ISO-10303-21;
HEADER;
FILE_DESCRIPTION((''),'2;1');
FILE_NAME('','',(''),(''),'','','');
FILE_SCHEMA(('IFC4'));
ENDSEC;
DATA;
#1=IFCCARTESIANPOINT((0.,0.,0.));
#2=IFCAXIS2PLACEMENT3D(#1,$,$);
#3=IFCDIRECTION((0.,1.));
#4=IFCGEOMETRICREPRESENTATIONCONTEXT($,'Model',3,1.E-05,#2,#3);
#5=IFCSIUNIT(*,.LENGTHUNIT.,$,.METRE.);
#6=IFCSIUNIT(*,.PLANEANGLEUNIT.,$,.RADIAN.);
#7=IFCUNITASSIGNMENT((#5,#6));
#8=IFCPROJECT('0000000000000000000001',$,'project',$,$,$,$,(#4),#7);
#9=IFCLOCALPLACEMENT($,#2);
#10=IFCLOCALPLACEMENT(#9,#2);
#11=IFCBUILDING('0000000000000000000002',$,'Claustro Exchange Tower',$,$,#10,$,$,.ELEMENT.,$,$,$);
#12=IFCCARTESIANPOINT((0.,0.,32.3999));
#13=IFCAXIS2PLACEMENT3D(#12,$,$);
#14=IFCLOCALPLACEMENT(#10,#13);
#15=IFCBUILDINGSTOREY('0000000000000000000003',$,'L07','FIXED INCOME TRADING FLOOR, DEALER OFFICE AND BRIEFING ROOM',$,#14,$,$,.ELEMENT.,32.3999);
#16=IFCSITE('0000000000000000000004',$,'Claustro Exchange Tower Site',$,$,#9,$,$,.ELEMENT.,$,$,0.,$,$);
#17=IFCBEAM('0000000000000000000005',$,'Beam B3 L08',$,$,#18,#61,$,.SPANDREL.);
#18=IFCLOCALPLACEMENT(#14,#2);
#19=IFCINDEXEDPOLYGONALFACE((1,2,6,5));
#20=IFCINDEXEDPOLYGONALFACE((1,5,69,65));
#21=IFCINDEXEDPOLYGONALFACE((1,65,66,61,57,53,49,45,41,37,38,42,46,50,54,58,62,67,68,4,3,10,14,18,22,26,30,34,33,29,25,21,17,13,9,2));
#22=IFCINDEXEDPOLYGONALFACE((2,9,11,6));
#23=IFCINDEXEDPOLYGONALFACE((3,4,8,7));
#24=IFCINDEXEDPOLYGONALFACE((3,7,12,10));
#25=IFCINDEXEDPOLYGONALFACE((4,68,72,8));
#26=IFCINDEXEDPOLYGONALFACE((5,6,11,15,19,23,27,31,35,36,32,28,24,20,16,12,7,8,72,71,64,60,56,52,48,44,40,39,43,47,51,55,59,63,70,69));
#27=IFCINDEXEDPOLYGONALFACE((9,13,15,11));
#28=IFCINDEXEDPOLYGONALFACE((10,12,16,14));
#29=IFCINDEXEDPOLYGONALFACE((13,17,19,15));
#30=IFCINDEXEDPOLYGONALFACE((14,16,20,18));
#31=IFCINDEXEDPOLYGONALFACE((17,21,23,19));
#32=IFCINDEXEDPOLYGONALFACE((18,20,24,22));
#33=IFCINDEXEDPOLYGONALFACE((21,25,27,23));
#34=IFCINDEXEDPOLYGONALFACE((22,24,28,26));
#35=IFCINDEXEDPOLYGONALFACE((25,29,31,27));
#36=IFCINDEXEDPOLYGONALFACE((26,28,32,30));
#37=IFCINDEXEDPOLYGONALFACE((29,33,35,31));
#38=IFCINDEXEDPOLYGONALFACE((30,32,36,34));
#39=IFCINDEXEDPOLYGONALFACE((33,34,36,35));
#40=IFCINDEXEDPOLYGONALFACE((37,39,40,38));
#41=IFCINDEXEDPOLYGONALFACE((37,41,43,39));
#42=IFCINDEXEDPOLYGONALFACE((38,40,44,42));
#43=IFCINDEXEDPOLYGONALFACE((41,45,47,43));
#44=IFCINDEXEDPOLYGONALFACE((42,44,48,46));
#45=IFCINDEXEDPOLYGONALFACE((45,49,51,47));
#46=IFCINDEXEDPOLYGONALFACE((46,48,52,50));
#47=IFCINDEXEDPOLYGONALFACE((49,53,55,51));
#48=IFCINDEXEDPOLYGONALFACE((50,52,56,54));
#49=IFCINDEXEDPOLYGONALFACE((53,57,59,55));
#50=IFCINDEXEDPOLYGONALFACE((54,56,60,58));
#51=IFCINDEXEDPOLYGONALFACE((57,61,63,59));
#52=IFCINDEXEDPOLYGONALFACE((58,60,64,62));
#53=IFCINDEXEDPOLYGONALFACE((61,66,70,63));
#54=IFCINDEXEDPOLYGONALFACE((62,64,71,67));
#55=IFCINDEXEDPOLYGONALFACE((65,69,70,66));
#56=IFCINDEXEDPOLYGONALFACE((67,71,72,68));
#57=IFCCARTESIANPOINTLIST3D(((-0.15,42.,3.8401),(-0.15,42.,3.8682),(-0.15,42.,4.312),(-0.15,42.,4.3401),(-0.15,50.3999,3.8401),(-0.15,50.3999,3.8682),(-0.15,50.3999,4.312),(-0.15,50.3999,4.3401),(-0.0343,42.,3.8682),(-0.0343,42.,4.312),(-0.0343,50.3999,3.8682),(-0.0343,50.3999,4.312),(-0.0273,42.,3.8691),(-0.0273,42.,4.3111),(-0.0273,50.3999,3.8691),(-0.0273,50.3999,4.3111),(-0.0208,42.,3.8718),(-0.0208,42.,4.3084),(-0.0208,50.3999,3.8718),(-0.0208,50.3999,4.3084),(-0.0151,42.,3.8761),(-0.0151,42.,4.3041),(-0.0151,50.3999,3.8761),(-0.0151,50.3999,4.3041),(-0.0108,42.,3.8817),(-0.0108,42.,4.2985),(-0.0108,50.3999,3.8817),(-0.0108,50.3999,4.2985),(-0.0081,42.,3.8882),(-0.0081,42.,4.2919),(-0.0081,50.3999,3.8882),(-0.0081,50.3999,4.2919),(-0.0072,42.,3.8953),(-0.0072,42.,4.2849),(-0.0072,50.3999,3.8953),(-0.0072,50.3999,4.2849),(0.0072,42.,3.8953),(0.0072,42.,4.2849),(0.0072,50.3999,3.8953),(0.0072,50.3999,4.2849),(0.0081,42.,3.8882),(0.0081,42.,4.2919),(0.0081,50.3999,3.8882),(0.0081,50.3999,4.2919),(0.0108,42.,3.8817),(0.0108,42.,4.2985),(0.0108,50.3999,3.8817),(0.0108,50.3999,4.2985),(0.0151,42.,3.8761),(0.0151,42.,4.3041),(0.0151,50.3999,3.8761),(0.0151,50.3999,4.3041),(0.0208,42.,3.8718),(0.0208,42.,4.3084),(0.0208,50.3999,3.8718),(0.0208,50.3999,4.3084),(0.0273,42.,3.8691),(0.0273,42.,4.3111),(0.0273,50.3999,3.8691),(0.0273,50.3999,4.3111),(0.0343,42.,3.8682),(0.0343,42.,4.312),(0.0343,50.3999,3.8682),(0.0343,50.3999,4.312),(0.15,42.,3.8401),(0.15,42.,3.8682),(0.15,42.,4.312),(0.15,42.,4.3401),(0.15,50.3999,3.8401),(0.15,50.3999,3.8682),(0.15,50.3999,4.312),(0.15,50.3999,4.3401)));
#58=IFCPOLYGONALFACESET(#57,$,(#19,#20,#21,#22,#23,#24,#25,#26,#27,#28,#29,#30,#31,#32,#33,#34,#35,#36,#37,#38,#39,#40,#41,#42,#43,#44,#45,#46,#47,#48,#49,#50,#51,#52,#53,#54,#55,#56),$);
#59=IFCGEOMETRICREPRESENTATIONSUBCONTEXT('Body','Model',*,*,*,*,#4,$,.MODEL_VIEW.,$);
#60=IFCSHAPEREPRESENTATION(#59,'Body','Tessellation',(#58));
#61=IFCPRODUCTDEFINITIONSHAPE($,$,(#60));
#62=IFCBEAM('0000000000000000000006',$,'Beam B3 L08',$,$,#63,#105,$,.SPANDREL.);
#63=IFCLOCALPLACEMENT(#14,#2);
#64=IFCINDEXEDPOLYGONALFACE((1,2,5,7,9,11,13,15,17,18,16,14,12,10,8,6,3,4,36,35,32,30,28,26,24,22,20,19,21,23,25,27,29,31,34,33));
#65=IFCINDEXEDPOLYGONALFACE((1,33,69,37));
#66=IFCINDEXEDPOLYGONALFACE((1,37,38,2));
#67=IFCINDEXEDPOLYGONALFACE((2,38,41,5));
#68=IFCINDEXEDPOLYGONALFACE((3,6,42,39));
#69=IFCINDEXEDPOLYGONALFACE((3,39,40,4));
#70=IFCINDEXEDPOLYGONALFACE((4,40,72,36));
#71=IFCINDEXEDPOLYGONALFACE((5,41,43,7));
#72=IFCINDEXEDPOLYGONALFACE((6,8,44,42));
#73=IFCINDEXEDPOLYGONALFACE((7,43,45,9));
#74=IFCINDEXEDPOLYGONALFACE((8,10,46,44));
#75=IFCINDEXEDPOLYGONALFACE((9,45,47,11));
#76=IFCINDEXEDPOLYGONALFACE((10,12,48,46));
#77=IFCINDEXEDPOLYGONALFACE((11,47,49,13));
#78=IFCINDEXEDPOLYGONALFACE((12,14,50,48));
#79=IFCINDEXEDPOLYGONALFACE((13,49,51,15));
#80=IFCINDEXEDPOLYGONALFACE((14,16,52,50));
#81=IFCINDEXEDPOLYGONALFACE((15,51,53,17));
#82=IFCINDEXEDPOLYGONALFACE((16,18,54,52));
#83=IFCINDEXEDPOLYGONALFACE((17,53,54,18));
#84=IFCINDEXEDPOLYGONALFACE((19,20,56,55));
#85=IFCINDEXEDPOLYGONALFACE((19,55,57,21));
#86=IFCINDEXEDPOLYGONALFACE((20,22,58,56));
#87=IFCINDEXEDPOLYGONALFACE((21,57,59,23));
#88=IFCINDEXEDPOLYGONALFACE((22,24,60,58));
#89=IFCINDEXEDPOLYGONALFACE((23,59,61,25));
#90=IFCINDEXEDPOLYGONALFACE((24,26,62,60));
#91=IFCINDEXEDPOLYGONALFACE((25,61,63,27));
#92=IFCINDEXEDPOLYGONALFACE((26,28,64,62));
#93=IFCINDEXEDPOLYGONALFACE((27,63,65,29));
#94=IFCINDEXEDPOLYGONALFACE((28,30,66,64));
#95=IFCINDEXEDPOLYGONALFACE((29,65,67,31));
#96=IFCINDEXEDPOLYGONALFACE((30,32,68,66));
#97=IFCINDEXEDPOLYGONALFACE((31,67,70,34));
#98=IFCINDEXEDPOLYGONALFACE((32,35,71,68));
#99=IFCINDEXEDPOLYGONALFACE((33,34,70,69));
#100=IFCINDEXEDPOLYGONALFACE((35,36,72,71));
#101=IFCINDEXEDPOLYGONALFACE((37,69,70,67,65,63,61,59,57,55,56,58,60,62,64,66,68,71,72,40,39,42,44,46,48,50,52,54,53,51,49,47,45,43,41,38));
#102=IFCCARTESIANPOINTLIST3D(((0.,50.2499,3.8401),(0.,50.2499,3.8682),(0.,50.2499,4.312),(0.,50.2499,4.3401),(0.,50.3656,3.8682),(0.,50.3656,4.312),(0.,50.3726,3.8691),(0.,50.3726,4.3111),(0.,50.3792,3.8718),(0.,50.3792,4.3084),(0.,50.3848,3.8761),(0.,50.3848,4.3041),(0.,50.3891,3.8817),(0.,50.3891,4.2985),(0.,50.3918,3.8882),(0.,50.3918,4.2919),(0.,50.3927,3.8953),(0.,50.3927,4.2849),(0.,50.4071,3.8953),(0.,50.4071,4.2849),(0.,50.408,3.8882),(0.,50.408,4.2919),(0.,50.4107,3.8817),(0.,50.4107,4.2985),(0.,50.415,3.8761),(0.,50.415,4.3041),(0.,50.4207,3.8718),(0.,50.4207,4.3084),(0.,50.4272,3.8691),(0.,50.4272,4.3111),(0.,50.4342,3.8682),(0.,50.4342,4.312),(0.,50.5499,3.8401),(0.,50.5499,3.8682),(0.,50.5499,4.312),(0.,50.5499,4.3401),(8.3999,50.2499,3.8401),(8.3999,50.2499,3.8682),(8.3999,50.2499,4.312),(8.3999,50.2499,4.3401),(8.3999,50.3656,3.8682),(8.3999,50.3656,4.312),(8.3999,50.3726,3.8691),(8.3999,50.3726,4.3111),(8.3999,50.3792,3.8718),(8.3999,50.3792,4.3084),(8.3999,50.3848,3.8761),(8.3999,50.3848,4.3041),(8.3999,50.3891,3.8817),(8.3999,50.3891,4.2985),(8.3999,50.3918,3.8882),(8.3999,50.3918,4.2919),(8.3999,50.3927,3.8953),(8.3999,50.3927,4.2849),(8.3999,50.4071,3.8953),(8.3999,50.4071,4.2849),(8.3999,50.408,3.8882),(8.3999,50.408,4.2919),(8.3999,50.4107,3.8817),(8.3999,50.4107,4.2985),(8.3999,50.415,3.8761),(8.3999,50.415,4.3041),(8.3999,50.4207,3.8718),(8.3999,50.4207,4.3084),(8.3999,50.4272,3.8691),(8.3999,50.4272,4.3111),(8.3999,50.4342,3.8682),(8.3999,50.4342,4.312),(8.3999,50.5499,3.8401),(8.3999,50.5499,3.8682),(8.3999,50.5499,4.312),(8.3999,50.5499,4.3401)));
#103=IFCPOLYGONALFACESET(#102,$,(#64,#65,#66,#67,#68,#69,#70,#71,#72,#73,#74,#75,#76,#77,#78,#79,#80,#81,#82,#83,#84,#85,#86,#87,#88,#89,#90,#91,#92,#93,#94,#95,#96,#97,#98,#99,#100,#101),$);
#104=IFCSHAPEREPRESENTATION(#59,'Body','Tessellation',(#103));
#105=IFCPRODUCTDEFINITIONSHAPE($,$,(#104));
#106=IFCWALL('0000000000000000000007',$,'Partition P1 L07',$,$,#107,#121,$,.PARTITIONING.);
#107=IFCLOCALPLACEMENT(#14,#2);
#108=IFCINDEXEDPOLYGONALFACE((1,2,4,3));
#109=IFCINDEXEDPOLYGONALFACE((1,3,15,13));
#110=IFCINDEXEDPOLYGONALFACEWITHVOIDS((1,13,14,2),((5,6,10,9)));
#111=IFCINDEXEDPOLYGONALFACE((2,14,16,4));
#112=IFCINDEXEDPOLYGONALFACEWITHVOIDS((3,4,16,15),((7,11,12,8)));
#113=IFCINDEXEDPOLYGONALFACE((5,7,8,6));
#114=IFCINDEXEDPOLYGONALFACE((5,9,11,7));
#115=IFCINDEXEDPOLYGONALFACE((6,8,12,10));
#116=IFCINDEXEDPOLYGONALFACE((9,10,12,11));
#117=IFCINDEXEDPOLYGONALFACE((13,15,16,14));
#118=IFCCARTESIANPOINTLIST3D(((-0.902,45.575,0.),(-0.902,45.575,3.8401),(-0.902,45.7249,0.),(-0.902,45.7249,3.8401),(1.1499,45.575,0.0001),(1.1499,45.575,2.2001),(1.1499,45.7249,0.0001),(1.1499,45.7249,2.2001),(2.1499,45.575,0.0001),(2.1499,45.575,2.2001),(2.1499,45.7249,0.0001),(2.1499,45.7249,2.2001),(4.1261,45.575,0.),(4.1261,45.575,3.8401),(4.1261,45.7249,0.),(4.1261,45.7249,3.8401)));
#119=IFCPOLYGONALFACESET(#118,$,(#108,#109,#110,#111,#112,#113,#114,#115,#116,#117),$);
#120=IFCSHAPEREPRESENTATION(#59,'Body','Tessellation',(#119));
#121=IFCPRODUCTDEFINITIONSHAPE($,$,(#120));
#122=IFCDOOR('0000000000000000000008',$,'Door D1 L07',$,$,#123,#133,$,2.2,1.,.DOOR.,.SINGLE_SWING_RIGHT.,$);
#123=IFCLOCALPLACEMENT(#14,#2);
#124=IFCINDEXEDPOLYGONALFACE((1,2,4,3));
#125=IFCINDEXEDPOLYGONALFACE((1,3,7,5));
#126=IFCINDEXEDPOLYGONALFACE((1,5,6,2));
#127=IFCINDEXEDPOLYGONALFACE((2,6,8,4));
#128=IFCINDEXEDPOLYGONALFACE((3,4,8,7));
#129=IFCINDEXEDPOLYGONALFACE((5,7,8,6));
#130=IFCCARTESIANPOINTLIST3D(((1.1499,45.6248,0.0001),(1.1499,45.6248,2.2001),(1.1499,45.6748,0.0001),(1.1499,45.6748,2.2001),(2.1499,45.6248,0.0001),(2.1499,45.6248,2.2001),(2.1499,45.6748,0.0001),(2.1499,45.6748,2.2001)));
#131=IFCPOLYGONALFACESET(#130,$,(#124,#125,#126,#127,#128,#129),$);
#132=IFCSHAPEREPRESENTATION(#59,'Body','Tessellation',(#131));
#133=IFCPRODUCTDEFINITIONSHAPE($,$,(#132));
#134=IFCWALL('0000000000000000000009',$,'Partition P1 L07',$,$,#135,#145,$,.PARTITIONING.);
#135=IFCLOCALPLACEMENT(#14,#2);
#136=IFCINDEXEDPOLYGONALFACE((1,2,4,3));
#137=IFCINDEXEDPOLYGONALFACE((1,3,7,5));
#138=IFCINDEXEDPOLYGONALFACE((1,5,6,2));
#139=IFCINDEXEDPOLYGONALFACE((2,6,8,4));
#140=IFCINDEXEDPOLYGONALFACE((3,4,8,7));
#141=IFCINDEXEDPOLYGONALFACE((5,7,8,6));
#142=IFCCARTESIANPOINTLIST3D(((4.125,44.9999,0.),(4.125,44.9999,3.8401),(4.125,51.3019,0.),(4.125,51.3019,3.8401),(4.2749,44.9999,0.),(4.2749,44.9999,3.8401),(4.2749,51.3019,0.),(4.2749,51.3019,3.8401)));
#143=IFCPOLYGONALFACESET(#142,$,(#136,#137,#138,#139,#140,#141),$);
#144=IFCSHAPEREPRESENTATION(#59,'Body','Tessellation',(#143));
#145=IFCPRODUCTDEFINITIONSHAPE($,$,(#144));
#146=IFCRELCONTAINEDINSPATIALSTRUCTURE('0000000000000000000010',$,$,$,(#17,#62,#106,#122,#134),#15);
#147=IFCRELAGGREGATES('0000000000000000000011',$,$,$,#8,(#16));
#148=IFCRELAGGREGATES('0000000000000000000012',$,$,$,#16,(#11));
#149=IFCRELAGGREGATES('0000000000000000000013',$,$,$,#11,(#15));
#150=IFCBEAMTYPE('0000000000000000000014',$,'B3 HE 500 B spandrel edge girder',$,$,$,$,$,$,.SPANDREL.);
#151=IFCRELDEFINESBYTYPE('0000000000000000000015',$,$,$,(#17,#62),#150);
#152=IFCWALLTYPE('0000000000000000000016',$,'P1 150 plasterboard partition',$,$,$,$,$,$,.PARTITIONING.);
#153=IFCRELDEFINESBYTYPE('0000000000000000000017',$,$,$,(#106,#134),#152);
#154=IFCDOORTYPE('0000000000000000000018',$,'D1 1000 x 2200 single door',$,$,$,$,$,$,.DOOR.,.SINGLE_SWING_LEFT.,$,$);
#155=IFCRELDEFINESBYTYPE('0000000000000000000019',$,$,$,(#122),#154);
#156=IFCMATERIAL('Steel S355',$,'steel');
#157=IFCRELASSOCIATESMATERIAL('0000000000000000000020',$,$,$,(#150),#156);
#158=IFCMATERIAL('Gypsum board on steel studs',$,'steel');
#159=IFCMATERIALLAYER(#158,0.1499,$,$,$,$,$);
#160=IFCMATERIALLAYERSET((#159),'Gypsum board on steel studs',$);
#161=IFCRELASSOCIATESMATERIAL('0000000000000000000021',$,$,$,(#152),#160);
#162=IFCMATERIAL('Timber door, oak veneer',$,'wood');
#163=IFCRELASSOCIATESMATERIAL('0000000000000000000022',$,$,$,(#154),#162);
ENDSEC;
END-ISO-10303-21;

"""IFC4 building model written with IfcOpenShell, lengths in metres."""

from ifc_helpers import new_model, si_unit, direction, frame, frame_2d, origin, origin_2d, place, context, subcontext, project, spatial, rectangle, i_section, extrude, material, layer, layer_set, material_profile, profile_set, type_object, element, fill, save


model = new_model("IFC4")

# Units and contexts
model_context = context("Model", 3, precision=1e-05, world=origin(), true_north=direction((0.0, 1.0)))
body_context = subcontext(model_context, "Body", "Model", "MODEL_VIEW")
ifc_project = project(units=[si_unit("LENGTHUNIT", "METRE"), si_unit("PLANEANGLEUNIT", "RADIAN")], contexts=[model_context])

# Site, building, storey
site_placement = place(None, origin())
site = spatial("IfcSite", under=ifc_project, at=site_placement, Name="Claustro Exchange Tower Site", CompositionType="ELEMENT", RefElevation=0.0)
building_placement = place(site_placement, origin())
building = spatial("IfcBuilding", under=site, at=building_placement, Name="Claustro Exchange Tower", CompositionType="ELEMENT")
storey_placement = place(building_placement, frame((0.0, 0.0, 32.3999)))
storey = spatial("IfcBuildingStorey", under=building, at=storey_placement, Name="L07", Description="FIXED INCOME TRADING FLOOR, DEALER OFFICE AND BRIEFING ROOM", CompositionType="ELEMENT", Elevation=32.3999)

# Beams
ifc_material_1 = material(Name="Steel S355", Category="steel")
ifc_material_profile_1 = material_profile(ifc_material_1, i_section(OverallWidth=0.3, OverallDepth=0.5, WebThickness=0.0144, FlangeThickness=0.0281, FilletRadius=0.0271, at=origin_2d()), Name="HE 500 B")
ifc_profile_set_1 = profile_set([ifc_material_profile_1], Name="Steel S355")
beam_type_1 = type_object("IfcBeamType", Name="B3 HE 500 B spandrel edge girder", PredefinedType="SPANDREL", material=ifc_profile_set_1)
for number, where, z_axis, x_axis, name in (
    (1, (0.0, 42.0, 4.0901), (0.0, 1.0, 0.0), (-1.0, 0.0, 0.0), "Beam B3 L08"),
    (2, (0.0, 50.3999, 4.0901), (1.0, 0.0, 0.0), (0.0, 1.0, 0.0), "Beam B3 L08"),
):
    element("IfcBeam", number, at=place(storey_placement, frame(where, z_axis=z_axis, x_axis=x_axis)), inside=storey, type_object=beam_type_1, Name=name, PredefinedType="SPANDREL", context=body_context, shape_type="SweptSolid", body=[
        extrude(i_section(OverallWidth=0.3, OverallDepth=0.5, WebThickness=0.0144, FlangeThickness=0.0281, FilletRadius=0.0271, at=origin_2d()), origin(), (0.0, 0.0, 1.0), 8.3999),
    ])

# Wall, opening, door
ifc_material_2 = material(Name="Gypsum board on steel studs", Category="steel")
ifc_layer_1 = layer(ifc_material_2, 0.1499)
ifc_layer_set_1 = layer_set([ifc_layer_1], Name="Gypsum board on steel studs")
wall_type_1 = type_object("IfcWallType", Name="P1 150 plasterboard partition", PredefinedType="PARTITIONING", material=ifc_layer_set_1)
wall_1_placement = place(storey_placement, frame((-0.9021, 45.6499, 0.0), z_axis=(0.0, 0.0, 1.0), x_axis=(1.0, 0.0, 0.0)))
wall_1 = element("IfcWall", 3, at=wall_1_placement, inside=storey, type_object=wall_type_1, Name="Partition P1 L07", PredefinedType="PARTITIONING", context=body_context, shape_type="SweptSolid", body=[
    extrude(rectangle(XDim=5.0281, YDim=0.1499, at=frame_2d((2.5142, 0.0))), origin(), (0.0, 0.0, 1.0), 3.8401),
])
opening_1_placement = place(wall_1_placement, frame((2.052, 0.0, 0.0)))
opening_1 = element("IfcOpeningElement", 4, at=opening_1_placement, cuts=wall_1, PredefinedType="OPENING", context=body_context, shape_type="SweptSolid", body=[
    extrude(rectangle(XDim=1.0, YDim=2.2, at=frame_2d((0.5, 1.1001))), frame((0.0, 0.085, 0.0), z_axis=(0.0, -1.0, 0.0), x_axis=(1.0, 0.0, 0.0)), (0.0, 0.0, 1.0), 0.1699),
])
ifc_material_3 = material(Name="Timber door, oak veneer", Category="wood")
door_type_1 = type_object("IfcDoorType", Name="D1 1000 x 2200 single door", OperationType="SINGLE_SWING_LEFT", PredefinedType="DOOR", material=ifc_material_3)
door_1_placement = place(opening_1_placement, origin())
door_1 = element("IfcDoor", 5, at=door_1_placement, inside=storey, type_object=door_type_1, Name="Door D1 L07", OperationType="SINGLE_SWING_RIGHT", OverallHeight=2.2, OverallWidth=1.0, PredefinedType="DOOR", context=body_context, shape_type="SweptSolid", body=[
    extrude(rectangle(XDim=1.0, YDim=2.2, at=frame_2d((0.5, 1.1001))), frame((0.0, 0.0249, 0.0), z_axis=(0.0, -1.0, 0.0), x_axis=(1.0, 0.0, 0.0)), (0.0, 0.0, 1.0), 0.05),
])
fill(opening_1, door_1)

# Wall
wall_2_placement = place(storey_placement, frame((4.2, 45.0, 0.0), z_axis=(0.0, 0.0, 1.0), x_axis=(0.0, 1.0, 0.0)))
element("IfcWall", 6, at=wall_2_placement, inside=storey, type_object=wall_type_1, Name="Partition P1 L07", PredefinedType="PARTITIONING", context=body_context, shape_type="SweptSolid", body=[
    extrude(rectangle(XDim=6.302, YDim=0.1499, at=frame_2d((3.1509, 0.0))), origin(), (0.0, 0.0, 1.0), 3.8401),
])

save(model, "model.ifc")
